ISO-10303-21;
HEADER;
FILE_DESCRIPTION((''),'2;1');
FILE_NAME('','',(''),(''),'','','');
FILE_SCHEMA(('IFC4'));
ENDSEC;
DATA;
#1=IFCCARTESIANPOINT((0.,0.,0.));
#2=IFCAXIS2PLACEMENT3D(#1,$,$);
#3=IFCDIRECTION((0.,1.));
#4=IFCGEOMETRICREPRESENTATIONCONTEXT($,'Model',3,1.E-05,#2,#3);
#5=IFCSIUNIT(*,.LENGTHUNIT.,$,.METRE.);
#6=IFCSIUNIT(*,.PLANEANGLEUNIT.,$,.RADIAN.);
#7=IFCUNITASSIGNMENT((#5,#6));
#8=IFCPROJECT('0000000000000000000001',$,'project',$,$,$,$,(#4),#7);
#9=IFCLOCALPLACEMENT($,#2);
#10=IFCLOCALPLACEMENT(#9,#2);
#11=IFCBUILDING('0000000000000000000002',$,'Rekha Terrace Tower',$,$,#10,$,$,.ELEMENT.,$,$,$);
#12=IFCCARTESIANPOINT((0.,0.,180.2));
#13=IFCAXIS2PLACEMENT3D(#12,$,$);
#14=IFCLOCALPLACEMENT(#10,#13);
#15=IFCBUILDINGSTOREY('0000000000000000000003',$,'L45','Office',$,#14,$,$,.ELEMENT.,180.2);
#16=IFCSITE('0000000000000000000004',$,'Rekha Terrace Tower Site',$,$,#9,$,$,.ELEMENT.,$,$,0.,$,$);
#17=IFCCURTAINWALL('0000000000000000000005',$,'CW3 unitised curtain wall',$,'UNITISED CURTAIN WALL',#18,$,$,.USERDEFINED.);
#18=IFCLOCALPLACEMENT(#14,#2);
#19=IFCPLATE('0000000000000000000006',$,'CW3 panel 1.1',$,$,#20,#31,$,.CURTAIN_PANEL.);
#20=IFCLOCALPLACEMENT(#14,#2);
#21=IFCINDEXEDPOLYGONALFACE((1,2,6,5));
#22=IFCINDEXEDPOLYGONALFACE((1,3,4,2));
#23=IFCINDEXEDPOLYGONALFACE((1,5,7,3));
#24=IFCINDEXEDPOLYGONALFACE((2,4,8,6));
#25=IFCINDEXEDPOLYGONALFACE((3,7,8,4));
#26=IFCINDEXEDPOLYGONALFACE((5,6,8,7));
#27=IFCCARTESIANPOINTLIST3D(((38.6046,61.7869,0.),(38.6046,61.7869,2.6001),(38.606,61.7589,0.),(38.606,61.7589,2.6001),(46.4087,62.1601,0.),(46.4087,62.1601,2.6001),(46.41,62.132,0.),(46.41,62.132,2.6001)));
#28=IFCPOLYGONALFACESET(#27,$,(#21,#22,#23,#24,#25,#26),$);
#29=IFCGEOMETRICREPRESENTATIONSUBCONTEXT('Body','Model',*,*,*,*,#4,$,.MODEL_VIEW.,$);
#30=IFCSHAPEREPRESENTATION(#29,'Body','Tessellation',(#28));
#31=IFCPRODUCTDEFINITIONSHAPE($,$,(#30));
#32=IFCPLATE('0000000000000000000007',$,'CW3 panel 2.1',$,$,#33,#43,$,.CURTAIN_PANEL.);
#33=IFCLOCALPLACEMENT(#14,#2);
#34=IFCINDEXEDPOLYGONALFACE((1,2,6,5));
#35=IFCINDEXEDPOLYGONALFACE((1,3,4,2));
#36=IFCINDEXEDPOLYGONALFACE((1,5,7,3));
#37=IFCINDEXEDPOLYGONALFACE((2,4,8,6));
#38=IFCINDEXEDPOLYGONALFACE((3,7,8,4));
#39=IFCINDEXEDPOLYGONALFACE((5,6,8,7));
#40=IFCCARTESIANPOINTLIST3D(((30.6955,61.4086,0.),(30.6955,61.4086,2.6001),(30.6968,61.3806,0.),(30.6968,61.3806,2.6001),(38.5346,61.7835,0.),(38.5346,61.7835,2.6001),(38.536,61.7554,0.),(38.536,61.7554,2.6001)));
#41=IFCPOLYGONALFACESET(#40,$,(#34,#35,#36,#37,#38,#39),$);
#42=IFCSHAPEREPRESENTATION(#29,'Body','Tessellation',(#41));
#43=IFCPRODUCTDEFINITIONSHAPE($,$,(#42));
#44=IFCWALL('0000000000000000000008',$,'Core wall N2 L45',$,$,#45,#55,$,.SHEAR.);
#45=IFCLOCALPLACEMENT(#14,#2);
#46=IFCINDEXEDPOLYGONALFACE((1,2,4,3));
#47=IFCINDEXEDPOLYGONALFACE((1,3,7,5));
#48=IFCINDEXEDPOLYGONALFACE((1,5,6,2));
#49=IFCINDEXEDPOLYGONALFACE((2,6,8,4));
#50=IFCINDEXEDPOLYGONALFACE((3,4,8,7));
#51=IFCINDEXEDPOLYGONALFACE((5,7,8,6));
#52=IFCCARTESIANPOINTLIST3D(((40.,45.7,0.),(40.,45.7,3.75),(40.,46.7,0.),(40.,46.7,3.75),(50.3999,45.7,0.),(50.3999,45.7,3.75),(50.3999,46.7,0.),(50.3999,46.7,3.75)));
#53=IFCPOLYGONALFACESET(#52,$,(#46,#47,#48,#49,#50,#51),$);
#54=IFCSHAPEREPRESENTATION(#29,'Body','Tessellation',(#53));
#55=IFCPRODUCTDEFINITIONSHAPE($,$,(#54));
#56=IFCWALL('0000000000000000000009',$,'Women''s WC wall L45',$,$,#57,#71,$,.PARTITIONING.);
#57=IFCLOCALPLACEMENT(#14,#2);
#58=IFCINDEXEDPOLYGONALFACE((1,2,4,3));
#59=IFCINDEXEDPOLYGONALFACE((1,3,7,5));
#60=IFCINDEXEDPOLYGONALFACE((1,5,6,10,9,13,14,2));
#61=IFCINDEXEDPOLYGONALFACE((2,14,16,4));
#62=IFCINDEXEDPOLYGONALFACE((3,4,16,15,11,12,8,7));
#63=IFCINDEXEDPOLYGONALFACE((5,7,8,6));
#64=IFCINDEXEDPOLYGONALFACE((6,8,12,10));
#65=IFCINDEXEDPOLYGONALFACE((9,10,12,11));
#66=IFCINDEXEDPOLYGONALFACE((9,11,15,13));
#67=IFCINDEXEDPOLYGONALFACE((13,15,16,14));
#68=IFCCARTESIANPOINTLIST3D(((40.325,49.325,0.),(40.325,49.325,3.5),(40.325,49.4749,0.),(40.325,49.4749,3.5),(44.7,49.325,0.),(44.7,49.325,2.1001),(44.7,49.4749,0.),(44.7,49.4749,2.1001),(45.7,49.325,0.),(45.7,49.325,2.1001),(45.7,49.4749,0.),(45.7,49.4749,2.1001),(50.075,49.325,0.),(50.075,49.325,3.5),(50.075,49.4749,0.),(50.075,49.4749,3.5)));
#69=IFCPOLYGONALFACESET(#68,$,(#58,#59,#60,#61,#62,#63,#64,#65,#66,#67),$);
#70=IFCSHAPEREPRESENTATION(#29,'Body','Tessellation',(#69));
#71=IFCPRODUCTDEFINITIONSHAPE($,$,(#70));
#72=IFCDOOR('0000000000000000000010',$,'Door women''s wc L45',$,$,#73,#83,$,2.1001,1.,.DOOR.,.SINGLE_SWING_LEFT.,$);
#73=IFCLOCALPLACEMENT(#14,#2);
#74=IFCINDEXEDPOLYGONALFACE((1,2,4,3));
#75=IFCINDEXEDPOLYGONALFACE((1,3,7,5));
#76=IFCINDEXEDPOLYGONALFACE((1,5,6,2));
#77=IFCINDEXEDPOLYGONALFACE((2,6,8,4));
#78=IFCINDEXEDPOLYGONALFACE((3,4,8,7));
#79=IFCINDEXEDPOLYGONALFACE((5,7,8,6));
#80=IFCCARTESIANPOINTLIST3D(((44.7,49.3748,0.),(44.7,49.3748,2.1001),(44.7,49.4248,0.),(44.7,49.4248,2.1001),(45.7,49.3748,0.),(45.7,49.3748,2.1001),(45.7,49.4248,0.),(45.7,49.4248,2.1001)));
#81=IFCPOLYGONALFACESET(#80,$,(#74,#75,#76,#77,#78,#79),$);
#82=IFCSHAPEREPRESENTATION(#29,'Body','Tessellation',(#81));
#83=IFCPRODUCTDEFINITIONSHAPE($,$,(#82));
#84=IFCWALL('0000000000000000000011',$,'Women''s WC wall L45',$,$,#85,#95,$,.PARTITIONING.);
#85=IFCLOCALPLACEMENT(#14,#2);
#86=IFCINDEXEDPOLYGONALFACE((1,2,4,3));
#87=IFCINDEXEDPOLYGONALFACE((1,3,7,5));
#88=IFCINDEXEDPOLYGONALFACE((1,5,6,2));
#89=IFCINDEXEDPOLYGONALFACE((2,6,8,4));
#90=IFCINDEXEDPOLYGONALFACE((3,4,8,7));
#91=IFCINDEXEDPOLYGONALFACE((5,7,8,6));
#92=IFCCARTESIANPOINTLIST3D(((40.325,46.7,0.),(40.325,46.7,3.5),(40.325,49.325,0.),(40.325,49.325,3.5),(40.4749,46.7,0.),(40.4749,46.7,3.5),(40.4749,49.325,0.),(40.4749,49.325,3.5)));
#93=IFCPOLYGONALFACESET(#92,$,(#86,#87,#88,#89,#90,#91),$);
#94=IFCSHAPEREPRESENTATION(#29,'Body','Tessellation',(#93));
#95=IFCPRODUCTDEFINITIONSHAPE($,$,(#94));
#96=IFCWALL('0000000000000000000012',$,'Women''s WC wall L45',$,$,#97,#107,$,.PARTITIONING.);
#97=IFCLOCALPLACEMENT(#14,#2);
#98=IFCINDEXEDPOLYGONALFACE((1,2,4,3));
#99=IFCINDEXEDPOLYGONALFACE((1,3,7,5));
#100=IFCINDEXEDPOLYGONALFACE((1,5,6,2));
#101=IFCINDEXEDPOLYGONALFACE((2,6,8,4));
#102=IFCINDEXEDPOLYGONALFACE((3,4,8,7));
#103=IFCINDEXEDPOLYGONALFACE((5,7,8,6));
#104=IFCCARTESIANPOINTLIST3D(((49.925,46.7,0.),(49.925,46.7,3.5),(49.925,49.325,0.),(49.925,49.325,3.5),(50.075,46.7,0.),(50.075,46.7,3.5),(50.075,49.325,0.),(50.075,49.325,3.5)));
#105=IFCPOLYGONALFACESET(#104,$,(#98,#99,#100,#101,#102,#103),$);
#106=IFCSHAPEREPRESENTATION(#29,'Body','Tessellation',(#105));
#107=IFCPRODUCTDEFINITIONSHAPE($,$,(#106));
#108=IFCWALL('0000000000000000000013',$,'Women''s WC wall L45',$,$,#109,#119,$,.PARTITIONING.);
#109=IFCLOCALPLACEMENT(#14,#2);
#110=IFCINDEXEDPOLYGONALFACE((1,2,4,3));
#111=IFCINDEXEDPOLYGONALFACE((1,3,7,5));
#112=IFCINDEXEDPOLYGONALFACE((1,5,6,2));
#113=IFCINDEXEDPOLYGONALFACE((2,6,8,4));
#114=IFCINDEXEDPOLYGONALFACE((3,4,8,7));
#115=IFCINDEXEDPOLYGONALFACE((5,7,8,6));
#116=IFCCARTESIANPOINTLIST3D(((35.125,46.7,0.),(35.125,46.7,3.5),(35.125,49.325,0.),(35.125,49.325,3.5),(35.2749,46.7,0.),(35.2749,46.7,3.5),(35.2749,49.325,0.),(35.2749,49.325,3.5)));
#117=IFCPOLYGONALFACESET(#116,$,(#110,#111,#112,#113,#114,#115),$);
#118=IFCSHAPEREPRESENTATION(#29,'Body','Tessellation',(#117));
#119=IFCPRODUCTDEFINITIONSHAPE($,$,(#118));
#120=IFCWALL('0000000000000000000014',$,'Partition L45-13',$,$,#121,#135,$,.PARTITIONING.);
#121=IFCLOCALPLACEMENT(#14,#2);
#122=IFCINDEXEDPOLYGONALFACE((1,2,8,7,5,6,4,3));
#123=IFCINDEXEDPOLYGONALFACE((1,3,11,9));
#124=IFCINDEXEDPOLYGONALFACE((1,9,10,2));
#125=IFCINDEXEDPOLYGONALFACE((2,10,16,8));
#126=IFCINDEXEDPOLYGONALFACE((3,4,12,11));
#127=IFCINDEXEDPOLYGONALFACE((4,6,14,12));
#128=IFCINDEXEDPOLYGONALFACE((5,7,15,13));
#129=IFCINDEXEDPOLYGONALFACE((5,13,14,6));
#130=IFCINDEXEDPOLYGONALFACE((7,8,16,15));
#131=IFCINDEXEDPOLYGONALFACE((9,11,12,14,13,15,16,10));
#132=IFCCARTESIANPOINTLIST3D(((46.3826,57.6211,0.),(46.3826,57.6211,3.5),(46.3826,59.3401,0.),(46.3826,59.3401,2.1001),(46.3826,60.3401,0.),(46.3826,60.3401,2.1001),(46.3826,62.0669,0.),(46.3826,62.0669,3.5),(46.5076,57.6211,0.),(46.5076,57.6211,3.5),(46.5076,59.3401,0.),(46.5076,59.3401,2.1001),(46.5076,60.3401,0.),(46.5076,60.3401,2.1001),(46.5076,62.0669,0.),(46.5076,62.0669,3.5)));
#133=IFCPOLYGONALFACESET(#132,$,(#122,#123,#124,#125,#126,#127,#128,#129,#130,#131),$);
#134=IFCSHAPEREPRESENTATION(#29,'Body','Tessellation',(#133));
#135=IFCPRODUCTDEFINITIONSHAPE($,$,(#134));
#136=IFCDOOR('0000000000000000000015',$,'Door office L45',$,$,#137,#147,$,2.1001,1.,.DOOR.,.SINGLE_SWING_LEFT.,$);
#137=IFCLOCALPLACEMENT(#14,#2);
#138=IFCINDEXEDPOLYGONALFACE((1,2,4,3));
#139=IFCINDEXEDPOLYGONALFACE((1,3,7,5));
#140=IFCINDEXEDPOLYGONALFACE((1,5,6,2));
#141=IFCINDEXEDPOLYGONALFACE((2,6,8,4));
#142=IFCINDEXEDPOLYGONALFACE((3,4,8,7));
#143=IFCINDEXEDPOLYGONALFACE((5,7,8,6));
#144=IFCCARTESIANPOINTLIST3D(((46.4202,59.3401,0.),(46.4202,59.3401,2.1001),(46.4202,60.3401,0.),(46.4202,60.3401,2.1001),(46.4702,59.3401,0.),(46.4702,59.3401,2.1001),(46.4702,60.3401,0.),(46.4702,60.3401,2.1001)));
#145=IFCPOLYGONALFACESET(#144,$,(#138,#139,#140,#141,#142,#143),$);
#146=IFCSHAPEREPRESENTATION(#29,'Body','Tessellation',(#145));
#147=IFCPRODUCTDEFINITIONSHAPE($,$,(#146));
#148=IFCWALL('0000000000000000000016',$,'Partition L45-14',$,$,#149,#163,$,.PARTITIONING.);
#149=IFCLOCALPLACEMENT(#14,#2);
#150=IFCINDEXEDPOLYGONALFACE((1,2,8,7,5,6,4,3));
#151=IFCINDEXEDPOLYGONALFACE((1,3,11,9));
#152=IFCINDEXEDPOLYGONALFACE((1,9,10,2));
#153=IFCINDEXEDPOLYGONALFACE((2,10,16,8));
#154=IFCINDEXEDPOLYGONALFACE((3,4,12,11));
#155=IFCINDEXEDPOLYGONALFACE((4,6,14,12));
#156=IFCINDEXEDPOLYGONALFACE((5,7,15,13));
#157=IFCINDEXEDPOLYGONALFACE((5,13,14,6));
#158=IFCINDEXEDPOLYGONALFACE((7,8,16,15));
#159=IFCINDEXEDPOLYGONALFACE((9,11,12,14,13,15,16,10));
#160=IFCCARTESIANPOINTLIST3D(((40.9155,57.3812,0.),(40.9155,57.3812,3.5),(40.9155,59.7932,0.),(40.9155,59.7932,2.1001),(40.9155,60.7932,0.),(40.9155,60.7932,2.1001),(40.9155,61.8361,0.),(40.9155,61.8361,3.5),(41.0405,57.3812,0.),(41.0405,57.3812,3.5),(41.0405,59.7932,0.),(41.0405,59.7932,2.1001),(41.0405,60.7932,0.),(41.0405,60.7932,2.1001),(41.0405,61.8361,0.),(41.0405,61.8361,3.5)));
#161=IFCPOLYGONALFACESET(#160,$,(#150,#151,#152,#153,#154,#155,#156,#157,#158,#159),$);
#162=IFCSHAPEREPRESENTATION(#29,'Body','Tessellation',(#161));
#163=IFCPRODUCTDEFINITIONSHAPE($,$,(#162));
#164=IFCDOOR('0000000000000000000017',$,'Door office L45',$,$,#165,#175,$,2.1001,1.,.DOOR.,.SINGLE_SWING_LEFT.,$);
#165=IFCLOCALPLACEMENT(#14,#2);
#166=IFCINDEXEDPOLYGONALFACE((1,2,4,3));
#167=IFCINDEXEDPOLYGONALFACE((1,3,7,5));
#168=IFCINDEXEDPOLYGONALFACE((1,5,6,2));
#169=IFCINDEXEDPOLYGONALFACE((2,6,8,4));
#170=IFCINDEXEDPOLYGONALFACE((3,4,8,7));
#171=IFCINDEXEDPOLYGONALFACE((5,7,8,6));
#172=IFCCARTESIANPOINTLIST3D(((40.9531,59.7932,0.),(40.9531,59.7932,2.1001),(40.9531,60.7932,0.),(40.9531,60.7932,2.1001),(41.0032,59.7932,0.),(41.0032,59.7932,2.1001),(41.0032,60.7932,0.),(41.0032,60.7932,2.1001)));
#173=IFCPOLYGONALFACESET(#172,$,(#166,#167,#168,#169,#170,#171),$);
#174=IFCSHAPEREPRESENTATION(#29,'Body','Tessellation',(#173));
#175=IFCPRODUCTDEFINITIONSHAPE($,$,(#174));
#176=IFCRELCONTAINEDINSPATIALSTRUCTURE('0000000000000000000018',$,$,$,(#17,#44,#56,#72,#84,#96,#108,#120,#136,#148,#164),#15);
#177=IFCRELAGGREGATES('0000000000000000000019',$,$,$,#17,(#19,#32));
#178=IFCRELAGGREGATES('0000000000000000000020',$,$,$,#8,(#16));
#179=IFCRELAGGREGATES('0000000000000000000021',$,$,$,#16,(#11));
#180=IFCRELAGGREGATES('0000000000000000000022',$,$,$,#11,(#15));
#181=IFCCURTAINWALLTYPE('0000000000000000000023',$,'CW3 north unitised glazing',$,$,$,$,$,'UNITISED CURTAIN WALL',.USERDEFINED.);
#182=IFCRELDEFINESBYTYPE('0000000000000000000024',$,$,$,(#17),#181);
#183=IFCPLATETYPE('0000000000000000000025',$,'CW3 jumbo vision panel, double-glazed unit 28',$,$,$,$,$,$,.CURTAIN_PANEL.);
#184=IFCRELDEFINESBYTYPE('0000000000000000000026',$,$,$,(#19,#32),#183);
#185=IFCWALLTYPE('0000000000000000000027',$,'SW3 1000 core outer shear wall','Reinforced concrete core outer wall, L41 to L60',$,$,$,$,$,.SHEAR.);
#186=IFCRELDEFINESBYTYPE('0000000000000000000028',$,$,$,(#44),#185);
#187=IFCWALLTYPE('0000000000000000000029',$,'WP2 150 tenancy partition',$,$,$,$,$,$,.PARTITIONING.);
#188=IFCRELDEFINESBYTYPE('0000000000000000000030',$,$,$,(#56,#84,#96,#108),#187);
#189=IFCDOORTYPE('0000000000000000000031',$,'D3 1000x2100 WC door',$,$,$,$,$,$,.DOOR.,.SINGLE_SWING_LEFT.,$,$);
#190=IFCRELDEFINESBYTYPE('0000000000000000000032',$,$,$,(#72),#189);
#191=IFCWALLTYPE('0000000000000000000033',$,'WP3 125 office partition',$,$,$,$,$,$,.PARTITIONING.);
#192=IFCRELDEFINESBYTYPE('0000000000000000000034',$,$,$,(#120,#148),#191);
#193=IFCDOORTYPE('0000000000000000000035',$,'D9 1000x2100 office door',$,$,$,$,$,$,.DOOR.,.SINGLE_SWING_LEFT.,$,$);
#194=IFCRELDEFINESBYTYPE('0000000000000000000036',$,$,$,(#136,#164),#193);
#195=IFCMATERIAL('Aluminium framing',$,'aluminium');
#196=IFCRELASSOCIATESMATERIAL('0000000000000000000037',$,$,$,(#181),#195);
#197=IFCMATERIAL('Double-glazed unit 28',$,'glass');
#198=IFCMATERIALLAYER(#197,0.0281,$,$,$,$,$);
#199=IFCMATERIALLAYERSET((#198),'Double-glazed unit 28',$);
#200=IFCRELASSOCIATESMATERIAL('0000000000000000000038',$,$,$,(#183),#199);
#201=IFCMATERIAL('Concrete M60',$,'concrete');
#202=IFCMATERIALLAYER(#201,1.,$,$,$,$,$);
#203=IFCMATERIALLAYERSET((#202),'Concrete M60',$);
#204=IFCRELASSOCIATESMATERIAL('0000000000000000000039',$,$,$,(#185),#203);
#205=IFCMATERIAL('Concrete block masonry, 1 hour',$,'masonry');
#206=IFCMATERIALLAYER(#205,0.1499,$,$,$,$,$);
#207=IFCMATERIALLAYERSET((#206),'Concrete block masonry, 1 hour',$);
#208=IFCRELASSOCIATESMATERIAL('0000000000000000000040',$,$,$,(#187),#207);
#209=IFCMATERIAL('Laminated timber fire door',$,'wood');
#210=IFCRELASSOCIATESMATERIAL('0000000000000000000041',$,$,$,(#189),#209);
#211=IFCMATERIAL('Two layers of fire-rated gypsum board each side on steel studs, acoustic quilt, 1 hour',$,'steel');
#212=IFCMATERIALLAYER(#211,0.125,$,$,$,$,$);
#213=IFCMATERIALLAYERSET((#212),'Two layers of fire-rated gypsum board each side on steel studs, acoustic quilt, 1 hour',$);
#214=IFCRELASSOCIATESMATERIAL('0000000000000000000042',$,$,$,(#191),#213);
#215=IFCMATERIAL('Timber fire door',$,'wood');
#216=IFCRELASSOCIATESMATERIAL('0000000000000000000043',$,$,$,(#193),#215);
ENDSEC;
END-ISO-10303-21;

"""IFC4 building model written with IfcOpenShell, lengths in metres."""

from ifc_helpers import new_model, si_unit, direction, frame, frame_2d, origin, origin_2d, place, context, subcontext, project, spatial, rectangle, extrude, material, layer, layer_set, type_object, element, fill, aggregate, save


model = new_model("IFC4")

# Units and contexts
model_context = context("Model", 3, precision=1e-05, world=origin(), true_north=direction((0.0, 1.0)))
body_context = subcontext(model_context, "Body", "Model", "MODEL_VIEW")
ifc_project = project(units=[si_unit("LENGTHUNIT", "METRE"), si_unit("PLANEANGLEUNIT", "RADIAN")], contexts=[model_context])

# Site, building, storey
site_placement = place(None, origin())
site = spatial("IfcSite", under=ifc_project, at=site_placement, Name="Rekha Terrace Tower Site", CompositionType="ELEMENT", RefElevation=0.0)
building_placement = place(site_placement, origin())
building = spatial("IfcBuilding", under=site, at=building_placement, Name="Rekha Terrace Tower", CompositionType="ELEMENT")
storey_placement = place(building_placement, frame((0.0, 0.0, 180.2)))
storey = spatial("IfcBuildingStorey", under=building, at=storey_placement, Name="L45", Description="Office", CompositionType="ELEMENT", Elevation=180.2)

# Shared definitions
ifc_material_1 = material(Name="Concrete M60", Category="concrete")

# Curtain wall
ifc_material_2 = material(Name="Aluminium framing", Category="aluminium")
curtain_wall_type = type_object("IfcCurtainWallType", Name="CW3 north unitised glazing", ElementType="UNITISED CURTAIN WALL", PredefinedType="USERDEFINED", material=ifc_material_2)
curtain_wall_1_placement = place(storey_placement, origin())
curtain_wall_1 = element("IfcCurtainWall", 1, at=curtain_wall_1_placement, inside=storey, type_object=curtain_wall_type, Name="CW3 unitised curtain wall", ObjectType="UNITISED CURTAIN WALL", PredefinedType="USERDEFINED")

# Shared definitions
ifc_material_3 = material(Name="Double-glazed unit 28", Category="glass")
ifc_layer_1 = layer(ifc_material_3, 0.0281)
ifc_layer_set_1 = layer_set([ifc_layer_1], Name="Double-glazed unit 28")
plate_type = type_object("IfcPlateType", Name="CW3 jumbo vision panel, double-glazed unit 28", PredefinedType="CURTAIN_PANEL", material=ifc_layer_set_1)

# Plates
plate_1_placement = place(storey_placement, frame((42.5073, 61.9595, 0.0), z_axis=(0.0, 0.0, 1.0), x_axis=(-0.998859, -0.047759, 0.0)))
plate_1 = element("IfcPlate", 2, at=plate_1_placement, type_object=plate_type, Name="CW3 panel 1.1", PredefinedType="CURTAIN_PANEL", context=body_context, shape_type="SweptSolid", body=[
    extrude(rectangle(XDim=7.813, YDim=0.0281, at=origin_2d()), origin(), (0.0, 0.0, 1.0), 2.6001),
])
plate_2_placement = place(storey_placement, frame((34.6157, 61.582, 0.0), z_axis=(0.0, 0.0, 1.0), x_axis=(-0.998859, -0.047759, 0.0)))
plate_2 = element("IfcPlate", 3, at=plate_2_placement, type_object=plate_type, Name="CW3 panel 2.1", PredefinedType="CURTAIN_PANEL", context=body_context, shape_type="SweptSolid", body=[
    extrude(rectangle(XDim=7.8481, YDim=0.0281, at=origin_2d()), origin(), (0.0, 0.0, 1.0), 2.6001),
])
aggregate(curtain_wall_1, [plate_1, plate_2])

# Wall
ifc_layer_2 = layer(ifc_material_1, 1.0)
ifc_layer_set_2 = layer_set([ifc_layer_2], Name="Concrete M60")
wall_type_1 = type_object("IfcWallType", Name="SW3 1000 core outer shear wall", Description="Reinforced concrete core outer wall, L41 to L60", PredefinedType="SHEAR", material=ifc_layer_set_2)
wall_1_placement = place(storey_placement, frame((40.0, 46.2, 0.0), z_axis=(0.0, 0.0, 1.0), x_axis=(1.0, 0.0, 0.0)))
element("IfcWall", 4, at=wall_1_placement, inside=storey, type_object=wall_type_1, Name="Core wall N2 L45", PredefinedType="SHEAR", context=body_context, shape_type="SweptSolid", body=[
    extrude(rectangle(XDim=10.3999, YDim=1.0, at=frame_2d((5.2, 0.0))), origin(), (0.0, 0.0, 1.0), 3.75),
])

# Wall, opening, door
ifc_material_4 = material(Name="Concrete block masonry, 1 hour", Category="masonry")
ifc_layer_3 = layer(ifc_material_4, 0.1499)
ifc_layer_set_3 = layer_set([ifc_layer_3], Name="Concrete block masonry, 1 hour")
wall_type_2 = type_object("IfcWallType", Name="WP2 150 tenancy partition", PredefinedType="PARTITIONING", material=ifc_layer_set_3)
wall_2_placement = place(storey_placement, frame((40.325, 49.3999, 0.0), z_axis=(0.0, 0.0, 1.0), x_axis=(1.0, 0.0, 0.0)))
wall_2 = element("IfcWall", 5, at=wall_2_placement, inside=storey, type_object=wall_type_2, Name="Women's WC wall L45", PredefinedType="PARTITIONING", context=body_context, shape_type="SweptSolid", body=[
    extrude(rectangle(XDim=9.75, YDim=0.1499, at=frame_2d((4.875, 0.0))), origin(), (0.0, 0.0, 1.0), 3.5),
])
opening_1_placement = place(wall_2_placement, frame((4.375, 0.0, 0.0)))
opening_1 = element("IfcOpeningElement", 6, at=opening_1_placement, cuts=wall_2, PredefinedType="OPENING", context=body_context, shape_type="SweptSolid", body=[
    extrude(rectangle(XDim=1.0, YDim=2.1001, at=frame_2d((0.5, 1.05))), frame((0.0, 0.085, 0.0), z_axis=(0.0, -1.0, 0.0), x_axis=(1.0, 0.0, 0.0)), (0.0, 0.0, 1.0), 0.1699),
])
ifc_material_5 = material(Name="Laminated timber fire door", Category="wood")
door_type_1 = type_object("IfcDoorType", Name="D3 1000x2100 WC door", OperationType="SINGLE_SWING_LEFT", PredefinedType="DOOR", material=ifc_material_5)
door_1_placement = place(opening_1_placement, origin())
door_1 = element("IfcDoor", 7, at=door_1_placement, inside=storey, type_object=door_type_1, Name="Door women's wc L45", OperationType="SINGLE_SWING_LEFT", OverallHeight=2.1001, OverallWidth=1.0, PredefinedType="DOOR", context=body_context, shape_type="SweptSolid", body=[
    extrude(rectangle(XDim=1.0, YDim=2.1001, at=frame_2d((0.5, 1.05))), frame((0.0, 0.0249, 0.0), z_axis=(0.0, -1.0, 0.0), x_axis=(1.0, 0.0, 0.0)), (0.0, 0.0, 1.0), 0.05),
])
fill(opening_1, door_1)

# Walls
for number, where, z_axis, x_axis, name in (
    (8, (40.3999, 46.7, 0.0), (0.0, 0.0, 1.0), (0.0, 1.0, 0.0), "Women's WC wall L45"),
    (9, (50.0, 46.7, 0.0), (0.0, 0.0, 1.0), (0.0, 1.0, 0.0), "Women's WC wall L45"),
    (10, (35.2, 46.7, 0.0), (0.0, 0.0, 1.0), (0.0, 1.0, 0.0), "Women's WC wall L45"),
):
    element("IfcWall", number, at=place(storey_placement, frame(where, z_axis=z_axis, x_axis=x_axis)), inside=storey, type_object=wall_type_2, Name=name, PredefinedType="PARTITIONING", context=body_context, shape_type="SweptSolid", body=[
        extrude(rectangle(XDim=2.625, YDim=0.1499, at=frame_2d((1.3125, 0.0))), origin(), (0.0, 0.0, 1.0), 3.5),
    ])

# Walls, openings, doors
ifc_material_6 = material(Name="Two layers of fire-rated gypsum board each side on steel studs, acoustic quilt, 1 hour", Category="steel")
ifc_layer_4 = layer(ifc_material_6, 0.125)
ifc_layer_set_4 = layer_set([ifc_layer_4], Name="Two layers of fire-rated gypsum board each side on steel studs, acoustic quilt, 1 hour")
wall_type_3 = type_object("IfcWallType", Name="WP3 125 office partition", PredefinedType="PARTITIONING", material=ifc_layer_set_4)
wall_3_placement = place(storey_placement, frame((46.4451, 57.6211, 0.0), z_axis=(0.0, 0.0, 1.0), x_axis=(0.0, 1.0, 0.0)))
wall_3 = element("IfcWall", 11, at=wall_3_placement, inside=storey, type_object=wall_type_3, Name="Partition L45-13", PredefinedType="PARTITIONING", context=body_context, shape_type="SweptSolid", body=[
    extrude(rectangle(XDim=4.4458, YDim=0.125, at=frame_2d((2.2229, 0.0))), origin(), (0.0, 0.0, 1.0), 3.5),
])
opening_2_placement = place(wall_3_placement, frame((1.719, 0.0, 0.0)))
opening_2 = element("IfcOpeningElement", 12, at=opening_2_placement, cuts=wall_3, PredefinedType="OPENING", context=body_context, shape_type="SweptSolid", body=[
    extrude(rectangle(XDim=1.0, YDim=2.1001, at=frame_2d((0.5, 1.05))), frame((0.0, 0.0725, 0.0), z_axis=(0.0, -1.0, 0.0), x_axis=(1.0, 0.0, 0.0)), (0.0, 0.0, 1.0), 0.145),
])
ifc_material_7 = material(Name="Timber fire door", Category="wood")
door_type_2 = type_object("IfcDoorType", Name="D9 1000x2100 office door", OperationType="SINGLE_SWING_LEFT", PredefinedType="DOOR", material=ifc_material_7)
door_2_placement = place(opening_2_placement, origin())
door_2 = element("IfcDoor", 13, at=door_2_placement, inside=storey, type_object=door_type_2, Name="Door office L45", OperationType="SINGLE_SWING_LEFT", OverallHeight=2.1001, OverallWidth=1.0, PredefinedType="DOOR", context=body_context, shape_type="SweptSolid", body=[
    extrude(rectangle(XDim=1.0, YDim=2.1001, at=frame_2d((0.5, 1.05))), frame((0.0, 0.0249, 0.0), z_axis=(0.0, -1.0, 0.0), x_axis=(1.0, 0.0, 0.0)), (0.0, 0.0, 1.0), 0.05),
])
fill(opening_2, door_2)
wall_4_placement = place(storey_placement, frame((40.978, 57.3811, 0.0), z_axis=(0.0, 0.0, 1.0), x_axis=(0.0, 1.0, 0.0)))
wall_4 = element("IfcWall", 14, at=wall_4_placement, inside=storey, type_object=wall_type_3, Name="Partition L45-14", PredefinedType="PARTITIONING", context=body_context, shape_type="SweptSolid", body=[
    extrude(rectangle(XDim=4.4548, YDim=0.125, at=frame_2d((2.2275, 0.0))), origin(), (0.0, 0.0, 1.0), 3.5),
])
opening_3_placement = place(wall_4_placement, frame((2.4121, 0.0, 0.0)))
opening_3 = element("IfcOpeningElement", 15, at=opening_3_placement, cuts=wall_4, PredefinedType="OPENING", context=body_context, shape_type="SweptSolid", body=[
    extrude(rectangle(XDim=1.0, YDim=2.1001, at=frame_2d((0.5, 1.05))), frame((0.0, 0.0725, 0.0), z_axis=(0.0, -1.0, 0.0), x_axis=(1.0, 0.0, 0.0)), (0.0, 0.0, 1.0), 0.145),
])
door_3_placement = place(opening_3_placement, origin())
door_3 = element("IfcDoor", 16, at=door_3_placement, inside=storey, type_object=door_type_2, Name="Door office L45", OperationType="SINGLE_SWING_LEFT", OverallHeight=2.1001, OverallWidth=1.0, PredefinedType="DOOR", context=body_context, shape_type="SweptSolid", body=[
    extrude(rectangle(XDim=1.0, YDim=2.1001, at=frame_2d((0.5, 1.05))), frame((0.0, 0.0249, 0.0), z_axis=(0.0, -1.0, 0.0), x_axis=(1.0, 0.0, 0.0)), (0.0, 0.0, 1.0), 0.05),
])
fill(opening_3, door_3)

save(model, "model.ifc")
